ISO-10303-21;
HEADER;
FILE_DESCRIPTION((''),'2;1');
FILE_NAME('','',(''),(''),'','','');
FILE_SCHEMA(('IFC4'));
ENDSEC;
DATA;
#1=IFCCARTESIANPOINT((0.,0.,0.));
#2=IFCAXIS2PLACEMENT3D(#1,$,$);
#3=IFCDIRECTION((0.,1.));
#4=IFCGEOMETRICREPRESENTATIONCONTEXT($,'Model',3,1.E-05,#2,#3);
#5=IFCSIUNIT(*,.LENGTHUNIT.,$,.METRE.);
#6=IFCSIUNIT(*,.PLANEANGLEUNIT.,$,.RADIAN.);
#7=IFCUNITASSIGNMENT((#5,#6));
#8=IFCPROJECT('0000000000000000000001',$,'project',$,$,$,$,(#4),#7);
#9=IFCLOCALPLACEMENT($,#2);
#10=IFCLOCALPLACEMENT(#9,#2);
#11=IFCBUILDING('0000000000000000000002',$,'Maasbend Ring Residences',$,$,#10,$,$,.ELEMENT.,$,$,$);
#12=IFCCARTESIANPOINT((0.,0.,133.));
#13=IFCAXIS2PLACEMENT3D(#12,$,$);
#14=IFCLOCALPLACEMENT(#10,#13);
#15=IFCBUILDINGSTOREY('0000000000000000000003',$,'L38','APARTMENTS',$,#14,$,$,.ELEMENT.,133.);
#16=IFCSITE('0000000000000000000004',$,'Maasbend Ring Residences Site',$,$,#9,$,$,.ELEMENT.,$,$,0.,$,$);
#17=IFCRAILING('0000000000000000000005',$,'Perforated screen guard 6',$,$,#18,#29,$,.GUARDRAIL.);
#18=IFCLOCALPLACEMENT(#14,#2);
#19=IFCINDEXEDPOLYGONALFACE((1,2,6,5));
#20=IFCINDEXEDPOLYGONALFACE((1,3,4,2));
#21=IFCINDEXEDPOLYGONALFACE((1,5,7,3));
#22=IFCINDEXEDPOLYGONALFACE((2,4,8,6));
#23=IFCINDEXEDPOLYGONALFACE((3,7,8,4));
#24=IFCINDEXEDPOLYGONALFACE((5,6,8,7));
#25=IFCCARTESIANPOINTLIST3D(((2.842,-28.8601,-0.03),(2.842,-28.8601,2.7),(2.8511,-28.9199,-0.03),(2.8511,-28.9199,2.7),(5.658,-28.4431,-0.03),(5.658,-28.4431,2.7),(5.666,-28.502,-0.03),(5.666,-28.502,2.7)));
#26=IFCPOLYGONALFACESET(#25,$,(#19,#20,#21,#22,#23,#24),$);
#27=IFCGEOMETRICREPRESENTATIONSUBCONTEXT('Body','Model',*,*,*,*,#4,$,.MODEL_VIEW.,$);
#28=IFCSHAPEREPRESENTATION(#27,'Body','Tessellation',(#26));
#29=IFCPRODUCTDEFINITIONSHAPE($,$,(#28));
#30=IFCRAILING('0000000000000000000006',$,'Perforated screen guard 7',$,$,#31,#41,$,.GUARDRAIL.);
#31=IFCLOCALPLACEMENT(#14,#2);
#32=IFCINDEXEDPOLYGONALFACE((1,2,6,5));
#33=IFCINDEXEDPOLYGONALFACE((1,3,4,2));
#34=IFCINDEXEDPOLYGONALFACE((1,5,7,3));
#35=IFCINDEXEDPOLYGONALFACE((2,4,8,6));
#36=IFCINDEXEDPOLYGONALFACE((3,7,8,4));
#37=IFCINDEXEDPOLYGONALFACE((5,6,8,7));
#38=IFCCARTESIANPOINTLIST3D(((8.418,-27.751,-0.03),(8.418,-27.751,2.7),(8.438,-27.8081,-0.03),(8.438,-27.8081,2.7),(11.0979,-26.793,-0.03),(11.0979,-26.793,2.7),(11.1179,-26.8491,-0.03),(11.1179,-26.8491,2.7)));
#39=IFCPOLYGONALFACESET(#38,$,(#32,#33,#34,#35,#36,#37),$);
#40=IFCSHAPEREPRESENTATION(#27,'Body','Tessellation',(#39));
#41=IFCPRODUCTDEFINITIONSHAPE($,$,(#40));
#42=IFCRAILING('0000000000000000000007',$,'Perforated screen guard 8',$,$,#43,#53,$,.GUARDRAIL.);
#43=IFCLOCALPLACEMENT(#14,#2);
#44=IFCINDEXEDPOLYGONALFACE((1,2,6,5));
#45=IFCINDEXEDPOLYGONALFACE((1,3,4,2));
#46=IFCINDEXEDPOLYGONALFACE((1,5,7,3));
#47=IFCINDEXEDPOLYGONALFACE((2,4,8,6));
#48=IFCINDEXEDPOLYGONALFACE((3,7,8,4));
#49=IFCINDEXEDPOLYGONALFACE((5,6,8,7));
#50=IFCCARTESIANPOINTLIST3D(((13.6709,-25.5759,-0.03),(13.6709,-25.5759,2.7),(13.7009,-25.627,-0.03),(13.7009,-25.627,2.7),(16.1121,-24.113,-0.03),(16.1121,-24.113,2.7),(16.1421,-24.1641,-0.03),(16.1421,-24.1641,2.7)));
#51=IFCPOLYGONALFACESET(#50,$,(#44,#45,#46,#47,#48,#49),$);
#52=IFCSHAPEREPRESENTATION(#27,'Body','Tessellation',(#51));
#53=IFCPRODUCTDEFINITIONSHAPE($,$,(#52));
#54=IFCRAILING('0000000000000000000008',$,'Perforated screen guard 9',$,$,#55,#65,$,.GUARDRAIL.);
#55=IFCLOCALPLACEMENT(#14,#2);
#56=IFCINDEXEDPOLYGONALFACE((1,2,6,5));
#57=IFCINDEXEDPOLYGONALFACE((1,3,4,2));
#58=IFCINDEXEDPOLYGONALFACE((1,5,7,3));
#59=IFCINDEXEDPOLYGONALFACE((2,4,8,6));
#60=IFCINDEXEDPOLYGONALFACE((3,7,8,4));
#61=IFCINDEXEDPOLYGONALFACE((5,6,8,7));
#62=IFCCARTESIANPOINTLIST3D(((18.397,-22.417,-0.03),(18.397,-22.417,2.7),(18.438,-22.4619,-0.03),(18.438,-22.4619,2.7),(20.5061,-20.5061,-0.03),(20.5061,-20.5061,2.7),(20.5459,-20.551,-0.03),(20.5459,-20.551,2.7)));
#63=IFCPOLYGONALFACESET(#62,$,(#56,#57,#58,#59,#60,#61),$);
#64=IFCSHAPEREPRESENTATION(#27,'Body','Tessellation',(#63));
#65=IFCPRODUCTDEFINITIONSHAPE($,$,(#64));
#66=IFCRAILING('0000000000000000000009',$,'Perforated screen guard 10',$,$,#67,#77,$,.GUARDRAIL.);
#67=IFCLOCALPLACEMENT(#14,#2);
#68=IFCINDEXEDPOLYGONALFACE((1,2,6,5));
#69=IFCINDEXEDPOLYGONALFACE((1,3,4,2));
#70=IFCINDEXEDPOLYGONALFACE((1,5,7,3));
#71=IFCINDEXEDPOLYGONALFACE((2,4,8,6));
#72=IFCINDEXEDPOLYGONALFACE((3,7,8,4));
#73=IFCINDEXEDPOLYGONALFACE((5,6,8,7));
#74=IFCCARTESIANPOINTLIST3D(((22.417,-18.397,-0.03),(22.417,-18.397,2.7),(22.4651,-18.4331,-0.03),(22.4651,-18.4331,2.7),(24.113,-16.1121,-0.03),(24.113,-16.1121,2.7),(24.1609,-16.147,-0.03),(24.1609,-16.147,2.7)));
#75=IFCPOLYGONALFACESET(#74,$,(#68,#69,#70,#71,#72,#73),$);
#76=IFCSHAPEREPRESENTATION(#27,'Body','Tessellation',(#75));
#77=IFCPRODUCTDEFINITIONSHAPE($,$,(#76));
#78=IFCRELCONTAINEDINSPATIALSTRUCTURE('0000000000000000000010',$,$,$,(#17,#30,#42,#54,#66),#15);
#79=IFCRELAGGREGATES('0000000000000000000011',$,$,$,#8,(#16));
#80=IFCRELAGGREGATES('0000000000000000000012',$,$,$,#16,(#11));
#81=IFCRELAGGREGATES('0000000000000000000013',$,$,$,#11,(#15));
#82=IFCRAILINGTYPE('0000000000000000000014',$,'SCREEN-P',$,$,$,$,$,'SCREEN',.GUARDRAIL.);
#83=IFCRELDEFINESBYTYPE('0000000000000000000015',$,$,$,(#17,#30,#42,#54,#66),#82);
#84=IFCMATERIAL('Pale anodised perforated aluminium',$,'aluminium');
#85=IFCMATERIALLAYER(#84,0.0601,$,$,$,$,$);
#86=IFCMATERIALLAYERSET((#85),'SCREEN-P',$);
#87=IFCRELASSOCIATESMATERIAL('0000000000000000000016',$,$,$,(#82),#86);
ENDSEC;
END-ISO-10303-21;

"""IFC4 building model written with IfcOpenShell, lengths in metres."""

from ifc_helpers import new_model, si_unit, direction, frame, origin, place, context, subcontext, project, spatial, polyline, outline, extrude, material, layer, layer_set, type_object, element, save


model = new_model("IFC4")

# Units and contexts
model_context = context("Model", 3, precision=1e-05, world=origin(), true_north=direction((0.0, 1.0)))
body_context = subcontext(model_context, "Body", "Model", "MODEL_VIEW")
ifc_project = project(units=[si_unit("LENGTHUNIT", "METRE"), si_unit("PLANEANGLEUNIT", "RADIAN")], contexts=[model_context])

# Site, building, storey
site_placement = place(None, origin())
site = spatial("IfcSite", under=ifc_project, at=site_placement, Name="Maasbend Ring Residences Site", CompositionType="ELEMENT", RefElevation=0.0)
building_placement = place(site_placement, origin())
building = spatial("IfcBuilding", under=site, at=building_placement, Name="Maasbend Ring Residences", CompositionType="ELEMENT")
storey_placement = place(building_placement, frame((0.0, 0.0, 133.0)))
storey = spatial("IfcBuildingStorey", under=building, at=storey_placement, Name="L38", Description="APARTMENTS", CompositionType="ELEMENT", Elevation=133.0)

# Railings
ifc_material_1 = material(Name="Pale anodised perforated aluminium", Category="aluminium")
ifc_layer_1 = layer(ifc_material_1, 0.0601)
ifc_layer_set_1 = layer_set([ifc_layer_1], Name="SCREEN-P")
railing_type = type_object("IfcRailingType", Name="SCREEN-P", ElementType="SCREEN", PredefinedType="GUARDRAIL", material=ifc_layer_set_1)
railing_1_placement = place(storey_placement, frame((0.0, 0.0, -0.03)))
element("IfcRailing", 1, at=railing_1_placement, inside=storey, type_object=railing_type, Name="Perforated screen guard 6", PredefinedType="GUARDRAIL", context=body_context, shape_type="SweptSolid", body=[
    extrude(outline(polyline([(2.842, -28.8601), (5.658, -28.4431), (5.666, -28.502), (2.8511, -28.9199), (2.842, -28.8601)])), origin(), (0.0, 0.0, 1.0), 2.73),
])
railing_2_placement = place(storey_placement, frame((0.0, 0.0, -0.03)))
element("IfcRailing", 2, at=railing_2_placement, inside=storey, type_object=railing_type, Name="Perforated screen guard 7", PredefinedType="GUARDRAIL", context=body_context, shape_type="SweptSolid", body=[
    extrude(outline(polyline([(8.418, -27.751), (11.0979, -26.793), (11.1179, -26.8491), (8.438, -27.8081), (8.418, -27.751)])), origin(), (0.0, 0.0, 1.0), 2.73),
])
railing_3_placement = place(storey_placement, frame((0.0, 0.0, -0.03)))
element("IfcRailing", 3, at=railing_3_placement, inside=storey, type_object=railing_type, Name="Perforated screen guard 8", PredefinedType="GUARDRAIL", context=body_context, shape_type="SweptSolid", body=[
    extrude(outline(polyline([(13.6709, -25.5759), (16.1121, -24.113), (16.1421, -24.1641), (13.7009, -25.627), (13.6709, -25.5759)])), origin(), (0.0, 0.0, 1.0), 2.73),
])
railing_4_placement = place(storey_placement, frame((0.0, 0.0, -0.03)))
element("IfcRailing", 4, at=railing_4_placement, inside=storey, type_object=railing_type, Name="Perforated screen guard 9", PredefinedType="GUARDRAIL", context=body_context, shape_type="SweptSolid", body=[
    extrude(outline(polyline([(18.397, -22.417), (20.5061, -20.5061), (20.5459, -20.551), (18.438, -22.4619), (18.397, -22.417)])), origin(), (0.0, 0.0, 1.0), 2.73),
])
railing_5_placement = place(storey_placement, frame((0.0, 0.0, -0.03)))
element("IfcRailing", 5, at=railing_5_placement, inside=storey, type_object=railing_type, Name="Perforated screen guard 10", PredefinedType="GUARDRAIL", context=body_context, shape_type="SweptSolid", body=[
    extrude(outline(polyline([(22.417, -18.397), (24.113, -16.1121), (24.1609, -16.147), (22.4651, -18.4331), (22.417, -18.397)])), origin(), (0.0, 0.0, 1.0), 2.73),
])

save(model, "model.ifc")
